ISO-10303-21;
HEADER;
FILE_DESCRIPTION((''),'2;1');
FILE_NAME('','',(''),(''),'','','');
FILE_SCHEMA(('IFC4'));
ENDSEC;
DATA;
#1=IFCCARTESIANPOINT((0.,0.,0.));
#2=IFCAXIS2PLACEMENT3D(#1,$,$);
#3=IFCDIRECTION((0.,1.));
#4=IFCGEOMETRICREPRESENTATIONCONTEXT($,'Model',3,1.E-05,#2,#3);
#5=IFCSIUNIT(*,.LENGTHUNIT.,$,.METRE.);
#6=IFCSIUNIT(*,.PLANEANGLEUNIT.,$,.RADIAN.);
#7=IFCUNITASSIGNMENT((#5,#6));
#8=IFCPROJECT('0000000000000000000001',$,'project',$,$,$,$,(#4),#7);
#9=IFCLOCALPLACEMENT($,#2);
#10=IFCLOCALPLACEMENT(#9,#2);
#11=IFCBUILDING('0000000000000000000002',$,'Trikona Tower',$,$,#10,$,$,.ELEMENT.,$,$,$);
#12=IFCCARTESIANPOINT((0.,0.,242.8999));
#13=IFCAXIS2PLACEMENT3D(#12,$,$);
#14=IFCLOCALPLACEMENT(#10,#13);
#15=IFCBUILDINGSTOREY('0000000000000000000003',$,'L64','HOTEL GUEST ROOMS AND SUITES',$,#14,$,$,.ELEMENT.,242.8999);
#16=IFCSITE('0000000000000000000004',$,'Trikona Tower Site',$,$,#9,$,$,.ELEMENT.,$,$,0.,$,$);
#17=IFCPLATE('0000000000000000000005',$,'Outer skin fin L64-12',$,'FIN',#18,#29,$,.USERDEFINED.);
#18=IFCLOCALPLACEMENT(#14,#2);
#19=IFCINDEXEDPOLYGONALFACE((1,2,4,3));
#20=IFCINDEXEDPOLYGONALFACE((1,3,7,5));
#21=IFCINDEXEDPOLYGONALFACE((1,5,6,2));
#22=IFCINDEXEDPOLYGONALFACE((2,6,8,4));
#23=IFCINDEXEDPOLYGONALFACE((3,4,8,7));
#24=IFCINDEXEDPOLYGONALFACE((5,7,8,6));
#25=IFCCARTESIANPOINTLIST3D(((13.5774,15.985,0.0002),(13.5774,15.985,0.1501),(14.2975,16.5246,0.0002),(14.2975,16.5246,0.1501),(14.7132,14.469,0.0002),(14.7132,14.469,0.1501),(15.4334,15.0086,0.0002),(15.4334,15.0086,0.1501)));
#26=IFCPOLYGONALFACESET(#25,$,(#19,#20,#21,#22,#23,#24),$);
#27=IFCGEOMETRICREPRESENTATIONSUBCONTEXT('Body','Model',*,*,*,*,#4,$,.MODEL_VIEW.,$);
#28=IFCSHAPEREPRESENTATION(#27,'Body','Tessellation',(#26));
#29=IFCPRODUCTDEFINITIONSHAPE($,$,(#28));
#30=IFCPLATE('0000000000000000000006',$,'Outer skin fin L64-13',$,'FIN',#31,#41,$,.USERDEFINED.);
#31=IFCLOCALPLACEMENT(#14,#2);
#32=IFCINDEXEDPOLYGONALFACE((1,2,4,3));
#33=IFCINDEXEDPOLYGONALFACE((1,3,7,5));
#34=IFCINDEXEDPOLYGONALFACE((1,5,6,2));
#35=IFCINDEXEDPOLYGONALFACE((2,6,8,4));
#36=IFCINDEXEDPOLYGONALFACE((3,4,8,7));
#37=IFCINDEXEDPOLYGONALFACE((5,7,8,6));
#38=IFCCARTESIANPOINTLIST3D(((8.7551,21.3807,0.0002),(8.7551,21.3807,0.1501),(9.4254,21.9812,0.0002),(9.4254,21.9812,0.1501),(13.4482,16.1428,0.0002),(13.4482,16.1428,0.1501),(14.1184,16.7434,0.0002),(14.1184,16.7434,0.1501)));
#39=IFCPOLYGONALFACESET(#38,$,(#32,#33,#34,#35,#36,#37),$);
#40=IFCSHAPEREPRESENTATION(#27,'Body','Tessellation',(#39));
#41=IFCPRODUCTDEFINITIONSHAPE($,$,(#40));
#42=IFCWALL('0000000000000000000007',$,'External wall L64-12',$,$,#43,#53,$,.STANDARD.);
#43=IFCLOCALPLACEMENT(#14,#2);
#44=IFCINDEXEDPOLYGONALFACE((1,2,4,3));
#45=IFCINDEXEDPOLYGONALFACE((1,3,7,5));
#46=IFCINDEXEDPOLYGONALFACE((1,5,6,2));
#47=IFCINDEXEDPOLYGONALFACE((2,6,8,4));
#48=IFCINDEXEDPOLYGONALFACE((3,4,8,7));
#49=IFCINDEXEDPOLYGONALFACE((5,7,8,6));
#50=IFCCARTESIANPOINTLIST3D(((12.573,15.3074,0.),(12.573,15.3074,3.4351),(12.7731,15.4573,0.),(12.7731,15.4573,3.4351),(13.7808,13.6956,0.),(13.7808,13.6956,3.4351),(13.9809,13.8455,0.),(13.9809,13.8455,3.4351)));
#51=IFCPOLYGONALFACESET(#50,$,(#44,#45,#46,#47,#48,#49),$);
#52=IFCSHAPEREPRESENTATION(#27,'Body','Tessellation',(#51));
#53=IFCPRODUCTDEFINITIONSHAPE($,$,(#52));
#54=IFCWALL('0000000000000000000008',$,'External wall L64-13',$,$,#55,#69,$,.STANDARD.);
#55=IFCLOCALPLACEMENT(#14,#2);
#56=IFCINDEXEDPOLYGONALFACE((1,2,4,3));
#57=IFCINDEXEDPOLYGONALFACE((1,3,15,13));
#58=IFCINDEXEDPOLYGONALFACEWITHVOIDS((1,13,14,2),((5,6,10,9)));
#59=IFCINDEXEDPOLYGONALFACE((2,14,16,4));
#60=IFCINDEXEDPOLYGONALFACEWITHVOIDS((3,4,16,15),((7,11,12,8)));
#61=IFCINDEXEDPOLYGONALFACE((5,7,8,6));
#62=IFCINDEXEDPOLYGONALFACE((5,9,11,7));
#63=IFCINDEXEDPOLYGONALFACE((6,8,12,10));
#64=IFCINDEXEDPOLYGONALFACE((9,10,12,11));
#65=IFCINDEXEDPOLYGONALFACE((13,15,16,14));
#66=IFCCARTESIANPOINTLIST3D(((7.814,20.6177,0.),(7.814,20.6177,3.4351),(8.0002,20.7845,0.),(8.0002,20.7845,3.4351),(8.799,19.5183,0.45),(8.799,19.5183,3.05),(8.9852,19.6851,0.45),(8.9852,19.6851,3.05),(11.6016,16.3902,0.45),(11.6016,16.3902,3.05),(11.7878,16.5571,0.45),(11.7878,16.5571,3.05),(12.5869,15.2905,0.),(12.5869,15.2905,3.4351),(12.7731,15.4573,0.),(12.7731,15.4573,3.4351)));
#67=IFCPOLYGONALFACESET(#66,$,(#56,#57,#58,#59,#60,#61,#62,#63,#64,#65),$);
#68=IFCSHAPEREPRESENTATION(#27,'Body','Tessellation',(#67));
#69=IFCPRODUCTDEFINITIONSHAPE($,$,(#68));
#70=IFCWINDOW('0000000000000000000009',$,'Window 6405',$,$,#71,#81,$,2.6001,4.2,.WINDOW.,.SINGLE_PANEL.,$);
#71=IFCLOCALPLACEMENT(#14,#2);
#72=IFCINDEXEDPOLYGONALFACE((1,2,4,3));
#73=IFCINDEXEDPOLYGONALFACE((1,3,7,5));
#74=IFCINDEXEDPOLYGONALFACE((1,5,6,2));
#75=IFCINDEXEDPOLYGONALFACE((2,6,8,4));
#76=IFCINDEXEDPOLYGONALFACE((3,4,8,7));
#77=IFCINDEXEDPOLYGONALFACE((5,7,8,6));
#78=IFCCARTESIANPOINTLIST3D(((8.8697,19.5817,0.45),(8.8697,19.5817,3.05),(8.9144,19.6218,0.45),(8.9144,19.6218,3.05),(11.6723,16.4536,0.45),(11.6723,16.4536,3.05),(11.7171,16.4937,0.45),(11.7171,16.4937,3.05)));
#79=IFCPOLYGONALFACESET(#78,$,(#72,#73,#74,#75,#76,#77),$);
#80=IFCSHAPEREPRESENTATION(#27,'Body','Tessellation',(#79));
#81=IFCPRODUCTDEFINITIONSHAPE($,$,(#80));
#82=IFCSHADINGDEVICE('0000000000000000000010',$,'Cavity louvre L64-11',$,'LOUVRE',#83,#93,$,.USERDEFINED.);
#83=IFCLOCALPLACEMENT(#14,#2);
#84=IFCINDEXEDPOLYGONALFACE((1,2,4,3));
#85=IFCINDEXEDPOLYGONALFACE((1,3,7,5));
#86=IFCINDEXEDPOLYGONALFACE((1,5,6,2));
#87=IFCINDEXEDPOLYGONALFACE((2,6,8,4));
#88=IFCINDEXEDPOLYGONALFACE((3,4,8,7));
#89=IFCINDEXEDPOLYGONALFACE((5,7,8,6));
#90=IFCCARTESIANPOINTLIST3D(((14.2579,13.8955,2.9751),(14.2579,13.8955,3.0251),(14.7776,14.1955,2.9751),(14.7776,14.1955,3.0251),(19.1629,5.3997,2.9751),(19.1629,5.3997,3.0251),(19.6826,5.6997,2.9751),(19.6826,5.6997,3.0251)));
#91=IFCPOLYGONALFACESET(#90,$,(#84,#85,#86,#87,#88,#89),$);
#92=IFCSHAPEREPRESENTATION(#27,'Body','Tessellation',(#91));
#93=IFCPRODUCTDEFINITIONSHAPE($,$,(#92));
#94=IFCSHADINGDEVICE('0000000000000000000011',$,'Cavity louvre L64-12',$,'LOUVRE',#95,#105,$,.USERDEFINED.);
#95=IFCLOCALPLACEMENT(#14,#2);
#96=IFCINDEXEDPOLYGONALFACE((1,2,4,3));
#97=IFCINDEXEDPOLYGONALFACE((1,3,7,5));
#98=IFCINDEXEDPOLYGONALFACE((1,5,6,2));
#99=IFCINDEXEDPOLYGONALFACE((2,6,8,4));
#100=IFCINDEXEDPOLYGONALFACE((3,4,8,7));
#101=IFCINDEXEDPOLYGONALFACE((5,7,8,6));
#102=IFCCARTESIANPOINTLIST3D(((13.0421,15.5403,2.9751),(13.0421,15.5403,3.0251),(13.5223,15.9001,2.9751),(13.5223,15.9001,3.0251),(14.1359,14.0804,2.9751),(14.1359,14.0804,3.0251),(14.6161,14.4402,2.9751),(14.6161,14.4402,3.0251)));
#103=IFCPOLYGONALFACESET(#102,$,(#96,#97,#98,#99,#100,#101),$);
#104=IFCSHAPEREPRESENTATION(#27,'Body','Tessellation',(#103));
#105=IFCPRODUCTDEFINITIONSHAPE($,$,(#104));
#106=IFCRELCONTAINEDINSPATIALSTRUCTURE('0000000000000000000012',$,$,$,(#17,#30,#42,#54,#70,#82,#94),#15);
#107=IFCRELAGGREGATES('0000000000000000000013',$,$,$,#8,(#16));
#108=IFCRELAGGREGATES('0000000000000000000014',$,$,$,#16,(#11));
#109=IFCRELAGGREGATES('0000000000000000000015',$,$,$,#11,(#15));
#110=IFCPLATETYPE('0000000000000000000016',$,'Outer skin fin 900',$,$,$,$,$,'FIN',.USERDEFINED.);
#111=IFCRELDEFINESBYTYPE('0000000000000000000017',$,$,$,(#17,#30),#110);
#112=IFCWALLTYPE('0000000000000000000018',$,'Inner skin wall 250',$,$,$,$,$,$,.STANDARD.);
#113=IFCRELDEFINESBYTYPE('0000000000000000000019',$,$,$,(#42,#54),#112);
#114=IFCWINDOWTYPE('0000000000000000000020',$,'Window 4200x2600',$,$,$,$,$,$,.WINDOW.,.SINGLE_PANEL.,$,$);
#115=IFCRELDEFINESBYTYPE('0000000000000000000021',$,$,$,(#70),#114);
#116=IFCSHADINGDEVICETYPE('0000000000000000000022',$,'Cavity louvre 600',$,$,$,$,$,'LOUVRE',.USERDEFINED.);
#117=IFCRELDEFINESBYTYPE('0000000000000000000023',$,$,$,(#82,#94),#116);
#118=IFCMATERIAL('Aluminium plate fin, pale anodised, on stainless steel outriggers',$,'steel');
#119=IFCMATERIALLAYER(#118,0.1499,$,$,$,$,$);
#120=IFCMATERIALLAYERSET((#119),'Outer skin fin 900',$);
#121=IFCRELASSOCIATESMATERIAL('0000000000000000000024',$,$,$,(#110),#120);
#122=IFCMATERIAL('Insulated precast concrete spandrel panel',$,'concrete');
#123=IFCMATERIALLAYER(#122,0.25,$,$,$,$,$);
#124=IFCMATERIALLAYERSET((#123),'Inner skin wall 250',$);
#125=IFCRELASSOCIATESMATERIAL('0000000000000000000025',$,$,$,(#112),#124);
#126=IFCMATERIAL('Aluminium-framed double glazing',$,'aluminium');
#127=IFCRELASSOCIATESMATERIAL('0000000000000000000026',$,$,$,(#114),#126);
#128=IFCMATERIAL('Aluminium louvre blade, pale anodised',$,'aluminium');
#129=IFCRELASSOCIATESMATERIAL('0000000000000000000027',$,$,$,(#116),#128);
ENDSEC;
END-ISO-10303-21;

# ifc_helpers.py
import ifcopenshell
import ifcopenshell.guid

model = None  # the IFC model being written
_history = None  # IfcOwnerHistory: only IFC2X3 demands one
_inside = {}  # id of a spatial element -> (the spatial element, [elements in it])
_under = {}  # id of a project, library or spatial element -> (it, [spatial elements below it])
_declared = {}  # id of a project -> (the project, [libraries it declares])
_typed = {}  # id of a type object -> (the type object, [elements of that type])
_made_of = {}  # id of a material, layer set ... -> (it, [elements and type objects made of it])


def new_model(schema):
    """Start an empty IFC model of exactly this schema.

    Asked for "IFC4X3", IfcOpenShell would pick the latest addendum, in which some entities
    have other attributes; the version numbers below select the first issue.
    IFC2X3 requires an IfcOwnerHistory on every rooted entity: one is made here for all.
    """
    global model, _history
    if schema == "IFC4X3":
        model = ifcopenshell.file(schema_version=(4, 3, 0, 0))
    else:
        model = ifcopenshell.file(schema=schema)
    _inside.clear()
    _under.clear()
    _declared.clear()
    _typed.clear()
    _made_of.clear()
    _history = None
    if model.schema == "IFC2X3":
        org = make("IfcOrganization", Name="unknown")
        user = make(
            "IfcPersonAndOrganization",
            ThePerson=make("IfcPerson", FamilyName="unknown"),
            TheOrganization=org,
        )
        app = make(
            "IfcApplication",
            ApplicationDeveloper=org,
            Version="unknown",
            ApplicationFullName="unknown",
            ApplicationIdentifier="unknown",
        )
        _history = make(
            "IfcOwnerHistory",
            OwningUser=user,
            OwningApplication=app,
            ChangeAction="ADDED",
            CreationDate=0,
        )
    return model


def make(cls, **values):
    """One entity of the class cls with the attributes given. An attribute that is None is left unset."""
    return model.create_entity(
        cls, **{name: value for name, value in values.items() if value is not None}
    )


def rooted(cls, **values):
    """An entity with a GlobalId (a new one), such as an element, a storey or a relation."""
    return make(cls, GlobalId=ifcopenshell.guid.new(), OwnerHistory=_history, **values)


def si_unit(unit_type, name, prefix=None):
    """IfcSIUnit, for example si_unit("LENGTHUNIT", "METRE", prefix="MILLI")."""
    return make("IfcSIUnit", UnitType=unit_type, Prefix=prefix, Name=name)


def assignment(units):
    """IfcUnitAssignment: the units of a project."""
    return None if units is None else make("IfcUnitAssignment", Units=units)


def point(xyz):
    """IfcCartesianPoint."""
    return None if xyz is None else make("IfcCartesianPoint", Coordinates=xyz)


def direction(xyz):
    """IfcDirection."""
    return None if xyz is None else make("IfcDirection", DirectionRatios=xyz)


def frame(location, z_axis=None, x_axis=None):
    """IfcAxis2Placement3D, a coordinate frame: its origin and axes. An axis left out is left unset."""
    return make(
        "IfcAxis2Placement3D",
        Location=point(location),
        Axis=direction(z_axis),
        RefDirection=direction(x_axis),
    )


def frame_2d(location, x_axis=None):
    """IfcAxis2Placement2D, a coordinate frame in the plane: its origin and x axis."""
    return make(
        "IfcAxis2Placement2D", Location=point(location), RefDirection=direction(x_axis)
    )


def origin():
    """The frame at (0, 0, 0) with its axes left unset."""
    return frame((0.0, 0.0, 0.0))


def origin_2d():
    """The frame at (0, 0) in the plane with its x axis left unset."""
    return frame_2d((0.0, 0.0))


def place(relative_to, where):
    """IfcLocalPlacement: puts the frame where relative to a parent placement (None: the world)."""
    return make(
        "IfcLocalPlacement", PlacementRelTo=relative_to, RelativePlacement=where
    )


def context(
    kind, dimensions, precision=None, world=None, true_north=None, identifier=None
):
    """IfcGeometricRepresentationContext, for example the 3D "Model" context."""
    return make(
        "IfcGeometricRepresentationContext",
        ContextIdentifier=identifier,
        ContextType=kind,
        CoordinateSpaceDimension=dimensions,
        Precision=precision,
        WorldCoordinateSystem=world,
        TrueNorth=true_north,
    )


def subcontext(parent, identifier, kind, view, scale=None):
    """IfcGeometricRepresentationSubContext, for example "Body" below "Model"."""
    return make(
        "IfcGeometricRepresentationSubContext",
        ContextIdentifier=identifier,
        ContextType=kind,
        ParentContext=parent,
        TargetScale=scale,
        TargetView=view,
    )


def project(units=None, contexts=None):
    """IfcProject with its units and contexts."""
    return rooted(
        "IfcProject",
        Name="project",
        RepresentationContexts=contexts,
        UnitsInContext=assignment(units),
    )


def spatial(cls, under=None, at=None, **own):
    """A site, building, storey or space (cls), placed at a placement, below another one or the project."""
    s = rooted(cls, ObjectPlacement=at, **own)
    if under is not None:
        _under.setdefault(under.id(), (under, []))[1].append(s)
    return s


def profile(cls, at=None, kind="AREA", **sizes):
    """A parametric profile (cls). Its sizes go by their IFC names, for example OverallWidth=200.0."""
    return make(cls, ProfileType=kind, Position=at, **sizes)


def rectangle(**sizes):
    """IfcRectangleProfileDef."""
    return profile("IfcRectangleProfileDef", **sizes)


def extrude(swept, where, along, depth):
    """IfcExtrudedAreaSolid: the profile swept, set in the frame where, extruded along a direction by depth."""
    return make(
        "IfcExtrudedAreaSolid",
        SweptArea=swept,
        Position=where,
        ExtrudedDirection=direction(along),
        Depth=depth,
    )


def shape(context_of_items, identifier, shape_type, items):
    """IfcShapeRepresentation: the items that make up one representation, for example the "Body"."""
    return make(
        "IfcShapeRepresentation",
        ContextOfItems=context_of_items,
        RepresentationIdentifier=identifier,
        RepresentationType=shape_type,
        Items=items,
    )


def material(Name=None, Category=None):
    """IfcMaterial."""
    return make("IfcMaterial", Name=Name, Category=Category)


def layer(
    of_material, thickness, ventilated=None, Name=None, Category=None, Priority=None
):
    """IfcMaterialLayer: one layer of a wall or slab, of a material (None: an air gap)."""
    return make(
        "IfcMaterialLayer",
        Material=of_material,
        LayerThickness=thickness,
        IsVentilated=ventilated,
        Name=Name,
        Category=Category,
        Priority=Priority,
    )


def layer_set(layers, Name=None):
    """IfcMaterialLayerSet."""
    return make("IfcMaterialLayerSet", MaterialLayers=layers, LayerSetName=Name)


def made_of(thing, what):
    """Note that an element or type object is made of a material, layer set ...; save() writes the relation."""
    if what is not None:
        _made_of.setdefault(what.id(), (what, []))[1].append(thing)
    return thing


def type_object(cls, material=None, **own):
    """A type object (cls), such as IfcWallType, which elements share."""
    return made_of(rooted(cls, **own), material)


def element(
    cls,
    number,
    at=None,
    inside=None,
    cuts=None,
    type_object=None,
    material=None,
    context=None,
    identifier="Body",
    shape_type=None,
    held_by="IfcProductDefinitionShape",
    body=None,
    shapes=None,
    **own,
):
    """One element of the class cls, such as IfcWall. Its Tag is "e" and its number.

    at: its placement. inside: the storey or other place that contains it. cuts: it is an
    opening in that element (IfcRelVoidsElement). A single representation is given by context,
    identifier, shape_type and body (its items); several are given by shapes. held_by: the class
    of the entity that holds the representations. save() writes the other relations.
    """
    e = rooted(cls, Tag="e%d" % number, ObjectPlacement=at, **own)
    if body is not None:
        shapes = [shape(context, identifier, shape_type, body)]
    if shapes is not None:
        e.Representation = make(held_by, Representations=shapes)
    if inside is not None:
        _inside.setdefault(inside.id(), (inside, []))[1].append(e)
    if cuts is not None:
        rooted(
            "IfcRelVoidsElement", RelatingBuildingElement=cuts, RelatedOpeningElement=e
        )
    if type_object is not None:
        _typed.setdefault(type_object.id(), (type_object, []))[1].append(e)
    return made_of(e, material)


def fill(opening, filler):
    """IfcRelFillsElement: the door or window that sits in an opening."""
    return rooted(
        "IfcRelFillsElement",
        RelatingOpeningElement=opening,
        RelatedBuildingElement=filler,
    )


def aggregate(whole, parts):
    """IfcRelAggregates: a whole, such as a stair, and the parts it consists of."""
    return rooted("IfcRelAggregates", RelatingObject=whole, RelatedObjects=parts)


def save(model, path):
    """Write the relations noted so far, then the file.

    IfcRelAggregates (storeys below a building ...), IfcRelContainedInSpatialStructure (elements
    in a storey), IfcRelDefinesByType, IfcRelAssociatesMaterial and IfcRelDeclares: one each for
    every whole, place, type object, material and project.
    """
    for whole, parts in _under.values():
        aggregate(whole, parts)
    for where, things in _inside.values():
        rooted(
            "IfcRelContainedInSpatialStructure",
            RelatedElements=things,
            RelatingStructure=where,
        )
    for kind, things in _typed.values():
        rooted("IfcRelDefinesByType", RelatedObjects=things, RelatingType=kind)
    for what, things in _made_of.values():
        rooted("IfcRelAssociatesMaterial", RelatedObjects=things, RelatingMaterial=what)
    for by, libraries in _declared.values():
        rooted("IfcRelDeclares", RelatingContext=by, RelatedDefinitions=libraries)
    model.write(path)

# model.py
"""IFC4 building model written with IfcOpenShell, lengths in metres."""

from ifc_helpers import new_model, si_unit, direction, frame, frame_2d, origin, origin_2d, place, context, subcontext, project, spatial, rectangle, extrude, material, layer, layer_set, type_object, element, fill, save


model = new_model("IFC4")

# Units and contexts
model_context = context("Model", 3, precision=1e-05, world=origin(), true_north=direction((0.0, 1.0)))
body_context = subcontext(model_context, "Body", "Model", "MODEL_VIEW")
ifc_project = project(units=[si_unit("LENGTHUNIT", "METRE"), si_unit("PLANEANGLEUNIT", "RADIAN")], contexts=[model_context])

# Site, building, storey
site_placement = place(None, origin())
site = spatial("IfcSite", under=ifc_project, at=site_placement, Name="Trikona Tower Site", CompositionType="ELEMENT", RefElevation=0.0)
building_placement = place(site_placement, origin())
building = spatial("IfcBuilding", under=site, at=building_placement, Name="Trikona Tower", CompositionType="ELEMENT")
storey_placement = place(building_placement, frame((0.0, 0.0, 242.8999)))
storey = spatial("IfcBuildingStorey", under=building, at=storey_placement, Name="L64", Description="HOTEL GUEST ROOMS AND SUITES", CompositionType="ELEMENT", Elevation=242.8999)

# Plates
ifc_material_1 = material(Name="Aluminium plate fin, pale anodised, on stainless steel outriggers", Category="steel")
ifc_layer_1 = layer(ifc_material_1, 0.1499)
ifc_layer_set_1 = layer_set([ifc_layer_1], Name="Outer skin fin 900")
plate_type_1 = type_object("IfcPlateType", Name="Outer skin fin 900", ElementType="FIN", PredefinedType="USERDEFINED", material=ifc_layer_set_1)
plate_1_placement = place(storey_placement, frame((14.5054, 15.4968, 0.0002), z_axis=(0.0, 0.0, 1.0), x_axis=(-0.599619, 0.800286, 0.0)))
element("IfcPlate", 1, at=plate_1_placement, inside=storey, type_object=plate_type_1, Name="Outer skin fin L64-12", ObjectType="FIN", PredefinedType="USERDEFINED", context=body_context, shape_type="SweptSolid", body=[
    extrude(rectangle(XDim=1.8943, YDim=0.8999, at=origin_2d()), origin(), (0.0, 0.0, 1.0), 0.1499),
])
plate_2_placement = place(storey_placement, frame((11.4368, 19.062, 0.0002), z_axis=(0.0, 0.0, 1.0), x_axis=(-0.667311, 0.744779, 0.0)))
element("IfcPlate", 2, at=plate_2_placement, inside=storey, type_object=plate_type_1, Name="Outer skin fin L64-13", ObjectType="FIN", PredefinedType="USERDEFINED", context=body_context, shape_type="SweptSolid", body=[
    extrude(rectangle(XDim=7.0327, YDim=0.8999, at=origin_2d()), origin(), (0.0, 0.0, 1.0), 0.1499),
])

# Wall
ifc_material_2 = material(Name="Insulated precast concrete spandrel panel", Category="concrete")
ifc_layer_2 = layer(ifc_material_2, 0.25)
ifc_layer_set_2 = layer_set([ifc_layer_2], Name="Inner skin wall 250")
wall_type = type_object("IfcWallType", Name="Inner skin wall 250", PredefinedType="STANDARD", material=ifc_layer_set_2)
wall_1_placement = place(storey_placement, frame((13.8809, 13.7705, 0.0), z_axis=(0.0, 0.0, 1.0), x_axis=(-0.599651, 0.800262, 0.0)))
element("IfcWall", 3, at=wall_1_placement, inside=storey, type_object=wall_type, Name="External wall L64-12", PredefinedType="STANDARD", context=body_context, shape_type="SweptSolid", body=[
    extrude(rectangle(XDim=2.0142, YDim=0.25, at=frame_2d((1.0071, 0.0))), origin(), (0.0, 0.0, 1.0), 3.4351),
])

# Wall, opening, window
wall_2_placement = place(storey_placement, frame((12.6799, 15.374, 0.0), z_axis=(0.0, 0.0, 1.0), x_axis=(-0.667304, 0.744786, 0.0)))
wall_2 = element("IfcWall", 4, at=wall_2_placement, inside=storey, type_object=wall_type, Name="External wall L64-13", PredefinedType="STANDARD", context=body_context, shape_type="SweptSolid", body=[
    extrude(rectangle(XDim=7.1526, YDim=0.25, at=frame_2d((3.5762, 0.0))), origin(), (0.0, 0.0, 1.0), 3.4351),
])
opening_placement = place(wall_2_placement, frame((1.4763, 0.0, 0.45)))
opening = element("IfcOpeningElement", 5, at=opening_placement, cuts=wall_2, PredefinedType="OPENING", context=body_context, shape_type="SweptSolid", body=[
    extrude(rectangle(XDim=4.2, YDim=2.6001, at=frame_2d((2.1001, 1.3))), frame((0.0, 0.135, 0.0), z_axis=(0.0, -1.0, 0.0), x_axis=(1.0, 0.0, 0.0)), (0.0, 0.0, 1.0), 0.27),
])
ifc_material_3 = material(Name="Aluminium-framed double glazing", Category="aluminium")
window_type = type_object("IfcWindowType", Name="Window 4200x2600", PartitioningType="SINGLE_PANEL", PredefinedType="WINDOW", material=ifc_material_3)
window_placement = place(opening_placement, origin())
window = element("IfcWindow", 6, at=window_placement, inside=storey, type_object=window_type, Name="Window 6405", OverallHeight=2.6001, OverallWidth=4.2, PartitioningType="SINGLE_PANEL", PredefinedType="WINDOW", context=body_context, shape_type="SweptSolid", body=[
    extrude(rectangle(XDim=4.2, YDim=2.6001, at=frame_2d((2.1001, 1.3))), frame((0.0, 0.03, 0.0), z_axis=(0.0, -1.0, 0.0), x_axis=(1.0, 0.0, 0.0)), (0.0, 0.0, 1.0), 0.0601),
])
fill(opening, window)

# Shading devices
ifc_material_4 = material(Name="Aluminium louvre blade, pale anodised", Category="aluminium")
shading_device_type = type_object("IfcShadingDeviceType", Name="Cavity louvre 600", ElementType="LOUVRE", PredefinedType="USERDEFINED", material=ifc_material_4)
shading_device_1_placement = place(storey_placement, frame((16.9702, 9.7976, 2.9751), z_axis=(0.0, 0.0, 1.0), x_axis=(-0.499998, 0.866026, 0.0)))
element("IfcShadingDevice", 7, at=shading_device_1_placement, inside=storey, type_object=shading_device_type, Name="Cavity louvre L64-11", ObjectType="LOUVRE", PredefinedType="USERDEFINED", context=body_context, shape_type="SweptSolid", body=[
    extrude(rectangle(XDim=9.8101, YDim=0.6001, at=origin_2d()), origin(), (0.0, 0.0, 1.0), 0.05),
])
shading_device_2_placement = place(storey_placement, frame((13.8291, 14.9902, 2.9751), z_axis=(0.0, 0.0, 1.0), x_axis=(-0.599619, 0.800286, 0.0)))
element("IfcShadingDevice", 8, at=shading_device_2_placement, inside=storey, type_object=shading_device_type, Name="Cavity louvre L64-12", ObjectType="LOUVRE", PredefinedType="USERDEFINED", context=body_context, shape_type="SweptSolid", body=[
    extrude(rectangle(XDim=1.8242, YDim=0.6001, at=origin_2d()), origin(), (0.0, 0.0, 1.0), 0.05),
])

save(model, "model.ifc")
